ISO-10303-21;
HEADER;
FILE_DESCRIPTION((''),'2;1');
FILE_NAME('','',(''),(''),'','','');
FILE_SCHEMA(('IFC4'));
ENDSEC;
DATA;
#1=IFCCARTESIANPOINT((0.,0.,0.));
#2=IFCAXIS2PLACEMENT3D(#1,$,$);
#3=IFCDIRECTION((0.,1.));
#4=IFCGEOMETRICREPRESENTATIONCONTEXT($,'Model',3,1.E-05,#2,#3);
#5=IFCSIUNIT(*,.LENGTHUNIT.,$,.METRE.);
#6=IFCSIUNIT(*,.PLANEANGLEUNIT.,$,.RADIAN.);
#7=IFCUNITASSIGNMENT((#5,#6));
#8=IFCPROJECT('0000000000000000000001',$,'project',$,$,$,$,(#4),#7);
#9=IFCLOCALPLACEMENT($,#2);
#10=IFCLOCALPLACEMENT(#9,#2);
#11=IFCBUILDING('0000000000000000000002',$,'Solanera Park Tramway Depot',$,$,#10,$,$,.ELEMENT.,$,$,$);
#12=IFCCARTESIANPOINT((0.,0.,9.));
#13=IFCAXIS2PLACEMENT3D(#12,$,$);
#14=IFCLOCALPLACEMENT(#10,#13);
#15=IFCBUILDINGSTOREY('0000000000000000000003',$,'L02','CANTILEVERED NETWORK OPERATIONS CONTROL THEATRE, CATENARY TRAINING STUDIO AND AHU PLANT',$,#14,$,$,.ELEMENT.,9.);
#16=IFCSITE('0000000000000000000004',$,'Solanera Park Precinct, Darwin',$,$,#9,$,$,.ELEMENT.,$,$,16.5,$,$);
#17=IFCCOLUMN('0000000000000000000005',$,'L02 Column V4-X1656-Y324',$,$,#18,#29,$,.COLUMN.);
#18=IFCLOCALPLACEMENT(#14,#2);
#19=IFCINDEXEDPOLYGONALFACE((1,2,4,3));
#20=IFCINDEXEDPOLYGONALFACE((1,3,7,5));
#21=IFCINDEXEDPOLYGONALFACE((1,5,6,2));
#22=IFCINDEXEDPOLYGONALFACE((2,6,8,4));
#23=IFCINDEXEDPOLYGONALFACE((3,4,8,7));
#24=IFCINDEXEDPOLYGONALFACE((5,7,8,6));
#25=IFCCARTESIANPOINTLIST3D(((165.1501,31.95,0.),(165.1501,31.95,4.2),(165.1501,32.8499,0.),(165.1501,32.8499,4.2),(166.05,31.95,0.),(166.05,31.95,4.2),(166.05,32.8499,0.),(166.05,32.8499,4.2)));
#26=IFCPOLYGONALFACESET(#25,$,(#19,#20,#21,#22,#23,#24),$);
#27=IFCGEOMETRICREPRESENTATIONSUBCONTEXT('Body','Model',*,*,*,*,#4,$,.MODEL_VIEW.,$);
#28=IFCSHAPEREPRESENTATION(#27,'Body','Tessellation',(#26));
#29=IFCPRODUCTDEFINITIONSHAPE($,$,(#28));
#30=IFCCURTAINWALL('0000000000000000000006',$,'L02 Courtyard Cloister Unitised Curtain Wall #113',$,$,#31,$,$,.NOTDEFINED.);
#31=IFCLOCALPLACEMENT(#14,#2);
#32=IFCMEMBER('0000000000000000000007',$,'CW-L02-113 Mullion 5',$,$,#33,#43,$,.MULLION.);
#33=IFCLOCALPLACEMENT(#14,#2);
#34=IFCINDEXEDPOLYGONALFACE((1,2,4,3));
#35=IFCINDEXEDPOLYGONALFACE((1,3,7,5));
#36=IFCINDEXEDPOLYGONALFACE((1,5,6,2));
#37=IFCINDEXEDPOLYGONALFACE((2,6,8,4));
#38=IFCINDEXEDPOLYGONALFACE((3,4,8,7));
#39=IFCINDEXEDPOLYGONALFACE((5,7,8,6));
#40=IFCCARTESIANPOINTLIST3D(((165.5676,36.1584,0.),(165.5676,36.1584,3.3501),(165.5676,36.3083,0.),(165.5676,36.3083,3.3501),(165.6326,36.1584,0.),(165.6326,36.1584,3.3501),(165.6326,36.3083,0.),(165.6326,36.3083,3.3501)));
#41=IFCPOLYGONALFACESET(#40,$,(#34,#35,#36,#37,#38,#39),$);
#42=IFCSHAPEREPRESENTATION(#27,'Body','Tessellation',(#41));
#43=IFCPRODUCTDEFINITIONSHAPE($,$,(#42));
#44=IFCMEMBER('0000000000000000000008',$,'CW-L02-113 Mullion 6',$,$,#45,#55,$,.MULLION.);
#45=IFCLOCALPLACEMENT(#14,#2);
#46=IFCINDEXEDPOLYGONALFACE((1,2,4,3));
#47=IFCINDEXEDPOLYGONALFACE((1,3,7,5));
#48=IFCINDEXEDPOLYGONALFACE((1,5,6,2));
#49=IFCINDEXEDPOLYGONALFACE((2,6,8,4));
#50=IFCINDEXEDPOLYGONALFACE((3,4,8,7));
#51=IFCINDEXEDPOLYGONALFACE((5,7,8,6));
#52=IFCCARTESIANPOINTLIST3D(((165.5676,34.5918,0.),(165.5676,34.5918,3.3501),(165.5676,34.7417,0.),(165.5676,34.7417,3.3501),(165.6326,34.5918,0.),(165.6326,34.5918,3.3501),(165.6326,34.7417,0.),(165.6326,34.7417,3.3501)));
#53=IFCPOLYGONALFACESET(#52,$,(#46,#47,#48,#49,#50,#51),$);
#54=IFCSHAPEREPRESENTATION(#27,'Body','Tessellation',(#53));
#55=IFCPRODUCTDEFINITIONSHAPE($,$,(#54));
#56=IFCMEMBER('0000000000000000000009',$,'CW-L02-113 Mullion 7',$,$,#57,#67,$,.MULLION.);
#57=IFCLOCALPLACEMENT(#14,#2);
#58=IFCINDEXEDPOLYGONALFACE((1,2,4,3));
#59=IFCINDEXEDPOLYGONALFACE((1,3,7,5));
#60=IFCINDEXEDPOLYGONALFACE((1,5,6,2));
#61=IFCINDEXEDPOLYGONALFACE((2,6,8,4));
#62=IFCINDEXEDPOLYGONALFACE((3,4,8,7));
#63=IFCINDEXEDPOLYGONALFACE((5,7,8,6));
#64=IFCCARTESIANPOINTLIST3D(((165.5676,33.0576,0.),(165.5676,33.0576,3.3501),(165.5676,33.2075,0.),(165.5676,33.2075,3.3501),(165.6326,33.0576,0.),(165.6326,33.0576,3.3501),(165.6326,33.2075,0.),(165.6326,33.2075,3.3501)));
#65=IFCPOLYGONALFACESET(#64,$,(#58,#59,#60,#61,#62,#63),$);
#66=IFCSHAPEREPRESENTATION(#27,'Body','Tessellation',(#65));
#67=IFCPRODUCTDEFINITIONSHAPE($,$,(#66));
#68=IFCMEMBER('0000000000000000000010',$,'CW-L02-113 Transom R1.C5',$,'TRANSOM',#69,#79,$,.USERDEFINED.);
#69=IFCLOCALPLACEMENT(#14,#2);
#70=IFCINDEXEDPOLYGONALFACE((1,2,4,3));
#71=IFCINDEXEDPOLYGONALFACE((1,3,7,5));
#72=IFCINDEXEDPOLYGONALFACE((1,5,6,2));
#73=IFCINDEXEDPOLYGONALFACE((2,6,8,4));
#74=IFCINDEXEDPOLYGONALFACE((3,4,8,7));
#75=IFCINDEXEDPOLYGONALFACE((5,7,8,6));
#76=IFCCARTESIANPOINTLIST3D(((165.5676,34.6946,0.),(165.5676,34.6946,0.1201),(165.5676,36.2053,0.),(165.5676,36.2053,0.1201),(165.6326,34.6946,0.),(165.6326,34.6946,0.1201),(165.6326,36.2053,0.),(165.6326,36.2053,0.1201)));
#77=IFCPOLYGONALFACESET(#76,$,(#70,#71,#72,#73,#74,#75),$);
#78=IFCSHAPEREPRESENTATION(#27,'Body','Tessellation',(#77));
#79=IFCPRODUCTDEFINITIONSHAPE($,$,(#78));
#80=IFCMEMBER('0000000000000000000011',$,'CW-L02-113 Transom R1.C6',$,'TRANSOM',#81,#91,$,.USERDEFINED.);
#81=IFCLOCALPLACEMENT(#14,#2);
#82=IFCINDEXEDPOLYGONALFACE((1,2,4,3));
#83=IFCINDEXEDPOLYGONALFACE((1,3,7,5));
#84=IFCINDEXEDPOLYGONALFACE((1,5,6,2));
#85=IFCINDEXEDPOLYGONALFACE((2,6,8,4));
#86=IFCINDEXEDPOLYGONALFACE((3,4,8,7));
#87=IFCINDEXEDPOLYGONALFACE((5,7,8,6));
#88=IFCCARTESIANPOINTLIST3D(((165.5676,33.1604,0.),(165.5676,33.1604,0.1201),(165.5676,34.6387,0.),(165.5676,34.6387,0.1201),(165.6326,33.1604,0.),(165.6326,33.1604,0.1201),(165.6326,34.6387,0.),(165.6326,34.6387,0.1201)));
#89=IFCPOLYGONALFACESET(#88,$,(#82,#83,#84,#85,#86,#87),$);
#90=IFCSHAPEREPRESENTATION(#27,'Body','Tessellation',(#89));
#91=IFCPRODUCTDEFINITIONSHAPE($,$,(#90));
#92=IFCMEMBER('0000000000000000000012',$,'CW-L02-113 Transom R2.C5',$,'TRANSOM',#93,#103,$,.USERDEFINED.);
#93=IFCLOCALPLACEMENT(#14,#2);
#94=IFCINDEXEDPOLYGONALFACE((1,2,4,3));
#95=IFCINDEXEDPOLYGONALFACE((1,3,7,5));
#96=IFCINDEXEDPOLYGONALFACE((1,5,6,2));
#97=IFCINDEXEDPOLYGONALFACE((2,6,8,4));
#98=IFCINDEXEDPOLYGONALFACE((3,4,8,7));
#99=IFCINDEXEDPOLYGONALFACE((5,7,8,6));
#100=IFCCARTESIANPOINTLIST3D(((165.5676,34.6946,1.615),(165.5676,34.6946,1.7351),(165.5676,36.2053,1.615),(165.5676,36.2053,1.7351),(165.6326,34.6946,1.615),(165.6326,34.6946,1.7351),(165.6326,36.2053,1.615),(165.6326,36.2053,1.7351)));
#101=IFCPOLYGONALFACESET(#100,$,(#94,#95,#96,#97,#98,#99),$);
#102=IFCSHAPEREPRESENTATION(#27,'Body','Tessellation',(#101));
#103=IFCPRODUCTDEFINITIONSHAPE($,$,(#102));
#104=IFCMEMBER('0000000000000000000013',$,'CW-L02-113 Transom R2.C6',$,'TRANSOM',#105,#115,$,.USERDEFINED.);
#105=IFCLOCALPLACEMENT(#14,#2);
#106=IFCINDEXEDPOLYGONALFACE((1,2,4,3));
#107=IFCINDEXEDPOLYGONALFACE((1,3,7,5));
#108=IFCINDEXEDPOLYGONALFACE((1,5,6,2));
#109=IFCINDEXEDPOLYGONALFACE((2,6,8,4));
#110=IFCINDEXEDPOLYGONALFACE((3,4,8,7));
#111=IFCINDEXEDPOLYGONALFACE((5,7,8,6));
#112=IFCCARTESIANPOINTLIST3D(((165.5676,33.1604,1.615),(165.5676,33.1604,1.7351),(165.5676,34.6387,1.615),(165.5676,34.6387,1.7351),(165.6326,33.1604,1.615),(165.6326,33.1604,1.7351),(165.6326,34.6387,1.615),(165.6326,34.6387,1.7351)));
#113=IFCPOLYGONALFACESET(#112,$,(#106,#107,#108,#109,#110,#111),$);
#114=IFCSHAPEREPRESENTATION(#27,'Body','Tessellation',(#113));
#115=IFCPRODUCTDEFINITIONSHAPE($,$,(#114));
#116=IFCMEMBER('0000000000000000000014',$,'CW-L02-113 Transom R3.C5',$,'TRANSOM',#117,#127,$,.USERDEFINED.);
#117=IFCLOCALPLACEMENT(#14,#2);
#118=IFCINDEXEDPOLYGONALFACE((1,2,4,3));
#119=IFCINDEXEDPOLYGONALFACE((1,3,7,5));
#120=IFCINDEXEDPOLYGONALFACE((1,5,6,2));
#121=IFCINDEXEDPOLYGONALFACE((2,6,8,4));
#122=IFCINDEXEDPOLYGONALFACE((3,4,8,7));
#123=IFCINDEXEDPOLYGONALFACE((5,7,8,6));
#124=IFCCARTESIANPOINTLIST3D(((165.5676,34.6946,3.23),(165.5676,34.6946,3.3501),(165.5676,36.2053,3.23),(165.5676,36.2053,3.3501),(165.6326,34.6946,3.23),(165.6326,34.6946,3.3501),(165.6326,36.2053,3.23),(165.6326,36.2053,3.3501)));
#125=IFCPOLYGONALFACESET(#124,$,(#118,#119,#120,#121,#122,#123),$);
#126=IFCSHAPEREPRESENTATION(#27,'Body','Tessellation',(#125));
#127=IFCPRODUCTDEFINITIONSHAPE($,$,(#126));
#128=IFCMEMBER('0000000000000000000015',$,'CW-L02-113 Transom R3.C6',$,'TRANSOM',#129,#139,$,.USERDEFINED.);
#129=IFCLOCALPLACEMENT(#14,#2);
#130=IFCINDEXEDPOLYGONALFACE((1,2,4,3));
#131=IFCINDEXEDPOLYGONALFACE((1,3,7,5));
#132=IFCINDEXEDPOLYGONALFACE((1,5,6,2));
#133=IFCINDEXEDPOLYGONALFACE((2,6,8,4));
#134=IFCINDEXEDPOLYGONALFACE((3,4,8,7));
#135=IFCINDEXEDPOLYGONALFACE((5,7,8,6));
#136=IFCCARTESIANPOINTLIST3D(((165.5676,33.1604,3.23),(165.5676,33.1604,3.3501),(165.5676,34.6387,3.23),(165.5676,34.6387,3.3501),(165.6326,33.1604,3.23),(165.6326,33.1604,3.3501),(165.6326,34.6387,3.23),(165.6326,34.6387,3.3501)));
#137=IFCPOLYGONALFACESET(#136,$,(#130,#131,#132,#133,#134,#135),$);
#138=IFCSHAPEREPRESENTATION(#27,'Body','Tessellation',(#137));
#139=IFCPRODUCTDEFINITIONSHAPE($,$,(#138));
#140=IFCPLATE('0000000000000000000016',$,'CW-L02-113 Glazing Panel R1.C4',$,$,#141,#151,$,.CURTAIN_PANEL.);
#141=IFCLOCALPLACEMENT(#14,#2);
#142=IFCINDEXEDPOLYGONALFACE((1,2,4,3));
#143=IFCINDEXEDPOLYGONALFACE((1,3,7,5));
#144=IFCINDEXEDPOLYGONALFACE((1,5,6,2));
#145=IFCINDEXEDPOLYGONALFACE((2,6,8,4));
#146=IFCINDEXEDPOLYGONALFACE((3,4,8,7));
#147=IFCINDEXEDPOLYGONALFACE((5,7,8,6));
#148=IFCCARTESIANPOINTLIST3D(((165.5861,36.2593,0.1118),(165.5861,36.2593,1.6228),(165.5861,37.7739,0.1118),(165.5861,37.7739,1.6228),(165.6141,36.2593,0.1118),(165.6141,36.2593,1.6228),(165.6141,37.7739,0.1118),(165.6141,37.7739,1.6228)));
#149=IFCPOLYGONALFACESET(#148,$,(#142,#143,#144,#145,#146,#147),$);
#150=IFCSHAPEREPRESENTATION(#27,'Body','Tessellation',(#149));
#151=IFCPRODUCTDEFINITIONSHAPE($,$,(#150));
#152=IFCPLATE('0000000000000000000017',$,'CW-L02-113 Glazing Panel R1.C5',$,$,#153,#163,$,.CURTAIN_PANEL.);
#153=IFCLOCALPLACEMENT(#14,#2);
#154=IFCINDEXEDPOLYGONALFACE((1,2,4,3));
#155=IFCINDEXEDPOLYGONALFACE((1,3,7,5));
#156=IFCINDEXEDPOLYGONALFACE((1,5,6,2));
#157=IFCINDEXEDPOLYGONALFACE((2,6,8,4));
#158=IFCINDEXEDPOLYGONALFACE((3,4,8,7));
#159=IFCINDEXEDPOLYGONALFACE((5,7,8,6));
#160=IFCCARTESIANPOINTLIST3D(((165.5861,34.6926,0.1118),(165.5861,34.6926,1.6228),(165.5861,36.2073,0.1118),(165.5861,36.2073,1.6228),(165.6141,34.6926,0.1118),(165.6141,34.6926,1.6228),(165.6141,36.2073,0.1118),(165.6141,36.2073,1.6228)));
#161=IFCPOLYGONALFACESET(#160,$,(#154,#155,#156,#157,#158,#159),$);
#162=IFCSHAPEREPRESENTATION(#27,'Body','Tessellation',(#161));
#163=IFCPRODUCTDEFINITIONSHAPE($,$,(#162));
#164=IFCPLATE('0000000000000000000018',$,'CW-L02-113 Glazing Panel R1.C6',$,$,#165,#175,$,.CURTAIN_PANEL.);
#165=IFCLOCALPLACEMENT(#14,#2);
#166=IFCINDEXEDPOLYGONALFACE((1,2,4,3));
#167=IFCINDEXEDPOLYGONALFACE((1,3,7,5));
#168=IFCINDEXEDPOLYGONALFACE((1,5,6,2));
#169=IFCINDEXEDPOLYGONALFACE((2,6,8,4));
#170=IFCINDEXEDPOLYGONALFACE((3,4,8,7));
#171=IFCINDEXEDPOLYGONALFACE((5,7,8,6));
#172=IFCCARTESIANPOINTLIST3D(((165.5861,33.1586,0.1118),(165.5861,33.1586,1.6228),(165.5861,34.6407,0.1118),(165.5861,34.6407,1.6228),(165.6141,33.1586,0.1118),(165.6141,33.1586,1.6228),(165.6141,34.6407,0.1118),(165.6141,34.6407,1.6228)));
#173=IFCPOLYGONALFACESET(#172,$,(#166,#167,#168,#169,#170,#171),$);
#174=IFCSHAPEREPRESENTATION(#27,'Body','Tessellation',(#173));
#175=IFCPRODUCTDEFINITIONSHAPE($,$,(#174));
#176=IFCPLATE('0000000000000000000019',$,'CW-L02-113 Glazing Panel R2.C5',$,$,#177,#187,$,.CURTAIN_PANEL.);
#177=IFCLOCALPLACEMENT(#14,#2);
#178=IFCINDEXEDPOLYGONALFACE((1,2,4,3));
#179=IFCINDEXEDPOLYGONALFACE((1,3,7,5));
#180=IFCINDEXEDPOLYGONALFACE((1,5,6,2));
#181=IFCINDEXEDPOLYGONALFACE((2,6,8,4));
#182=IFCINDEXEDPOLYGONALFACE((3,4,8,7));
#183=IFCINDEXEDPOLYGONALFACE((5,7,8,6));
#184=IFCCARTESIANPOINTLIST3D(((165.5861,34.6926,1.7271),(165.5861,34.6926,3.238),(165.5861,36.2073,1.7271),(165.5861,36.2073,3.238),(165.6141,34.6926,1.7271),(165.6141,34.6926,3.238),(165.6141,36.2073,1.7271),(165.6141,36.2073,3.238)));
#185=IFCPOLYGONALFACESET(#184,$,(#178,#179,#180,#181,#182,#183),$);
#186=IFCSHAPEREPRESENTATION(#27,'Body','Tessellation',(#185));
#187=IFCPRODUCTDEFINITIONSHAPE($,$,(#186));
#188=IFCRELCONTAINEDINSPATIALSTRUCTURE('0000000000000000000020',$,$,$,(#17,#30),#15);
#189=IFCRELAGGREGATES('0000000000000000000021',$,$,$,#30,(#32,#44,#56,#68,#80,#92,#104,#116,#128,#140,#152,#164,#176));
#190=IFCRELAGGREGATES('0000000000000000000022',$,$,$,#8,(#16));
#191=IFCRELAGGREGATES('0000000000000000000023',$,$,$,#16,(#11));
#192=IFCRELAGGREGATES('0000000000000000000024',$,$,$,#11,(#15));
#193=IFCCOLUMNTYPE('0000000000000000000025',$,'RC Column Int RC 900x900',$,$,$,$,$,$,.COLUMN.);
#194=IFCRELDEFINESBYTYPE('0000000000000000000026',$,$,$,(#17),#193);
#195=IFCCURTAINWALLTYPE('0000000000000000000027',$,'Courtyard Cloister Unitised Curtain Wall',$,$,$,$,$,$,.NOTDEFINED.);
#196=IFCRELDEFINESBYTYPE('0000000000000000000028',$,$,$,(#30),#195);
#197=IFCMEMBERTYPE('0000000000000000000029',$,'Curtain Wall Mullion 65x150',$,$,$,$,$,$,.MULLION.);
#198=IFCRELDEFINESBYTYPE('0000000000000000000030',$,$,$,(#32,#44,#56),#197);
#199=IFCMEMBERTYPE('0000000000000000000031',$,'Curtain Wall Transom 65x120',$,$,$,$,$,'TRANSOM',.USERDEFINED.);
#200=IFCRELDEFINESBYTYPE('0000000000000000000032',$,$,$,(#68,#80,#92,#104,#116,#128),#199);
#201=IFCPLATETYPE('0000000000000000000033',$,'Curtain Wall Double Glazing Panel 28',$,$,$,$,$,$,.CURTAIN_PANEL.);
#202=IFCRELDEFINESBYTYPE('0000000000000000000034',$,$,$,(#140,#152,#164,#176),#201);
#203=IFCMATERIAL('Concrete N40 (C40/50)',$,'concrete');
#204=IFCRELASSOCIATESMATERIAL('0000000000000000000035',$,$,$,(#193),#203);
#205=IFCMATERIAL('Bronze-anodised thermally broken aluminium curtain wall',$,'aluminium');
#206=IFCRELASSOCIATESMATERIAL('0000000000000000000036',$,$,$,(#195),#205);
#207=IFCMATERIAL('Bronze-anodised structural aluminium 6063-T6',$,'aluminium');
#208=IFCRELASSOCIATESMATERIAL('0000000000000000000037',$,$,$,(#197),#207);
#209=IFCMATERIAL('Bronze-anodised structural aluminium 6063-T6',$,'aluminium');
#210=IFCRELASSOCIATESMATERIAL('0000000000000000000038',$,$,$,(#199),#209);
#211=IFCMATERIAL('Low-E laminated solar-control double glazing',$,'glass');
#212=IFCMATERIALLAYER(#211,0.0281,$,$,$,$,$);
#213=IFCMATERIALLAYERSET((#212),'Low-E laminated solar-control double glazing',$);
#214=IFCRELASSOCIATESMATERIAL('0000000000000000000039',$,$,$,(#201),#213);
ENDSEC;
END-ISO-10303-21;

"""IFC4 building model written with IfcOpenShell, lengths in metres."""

from ifc_helpers import new_model, si_unit, direction, frame, origin, origin_2d, place, context, subcontext, project, spatial, rectangle, extrude, material, layer, layer_set, material_profile, profile_set, type_object, element, aggregate, save


model = new_model("IFC4")

# Units and contexts
model_context = context("Model", 3, precision=1e-05, world=origin(), true_north=direction((0.0, 1.0)))
body_context = subcontext(model_context, "Body", "Model", "MODEL_VIEW")
ifc_project = project(units=[si_unit("LENGTHUNIT", "METRE"), si_unit("PLANEANGLEUNIT", "RADIAN")], contexts=[model_context])

# Site, building, storey
site_placement = place(None, origin())
site = spatial("IfcSite", under=ifc_project, at=site_placement, Name="Solanera Park Precinct, Darwin", CompositionType="ELEMENT", RefElevation=16.5)
building_placement = place(site_placement, origin())
building = spatial("IfcBuilding", under=site, at=building_placement, Name="Solanera Park Tramway Depot", CompositionType="ELEMENT")
storey_placement = place(building_placement, frame((0.0, 0.0, 9.0)))
storey = spatial("IfcBuildingStorey", under=building, at=storey_placement, Name="L02", Description="CANTILEVERED NETWORK OPERATIONS CONTROL THEATRE, CATENARY TRAINING STUDIO AND AHU PLANT", CompositionType="ELEMENT", Elevation=9.0)

# Column
ifc_material_1 = material(Name="Concrete N40 (C40/50)", Category="concrete")
ifc_material_profile_1 = material_profile(ifc_material_1, rectangle(XDim=0.8999, YDim=0.8999, at=origin_2d()), Name="RC 900x900")
ifc_profile_set_1 = profile_set([ifc_material_profile_1], Name="Concrete N40 (C40/50)")
column_type = type_object("IfcColumnType", Name="RC Column Int RC 900x900", PredefinedType="COLUMN", material=ifc_profile_set_1)
column_placement = place(storey_placement, frame((165.6001, 32.3999, 0.0), z_axis=(0.0, 0.0, 1.0), x_axis=(1.0, 0.0, 0.0)))
element("IfcColumn", 1, at=column_placement, inside=storey, type_object=column_type, Name="L02 Column V4-X1656-Y324", PredefinedType="COLUMN", context=body_context, shape_type="SweptSolid", body=[
    extrude(rectangle(XDim=0.8999, YDim=0.8999, at=origin_2d()), origin(), (0.0, 0.0, 1.0), 4.2),
])

# Curtain wall, members, plates
ifc_material_2 = material(Name="Bronze-anodised thermally broken aluminium curtain wall", Category="aluminium")
curtain_wall_type = type_object("IfcCurtainWallType", Name="Courtyard Cloister Unitised Curtain Wall", PredefinedType="NOTDEFINED", material=ifc_material_2)
curtain_wall_placement = place(storey_placement, origin())
curtain_wall = element("IfcCurtainWall", 2, at=curtain_wall_placement, inside=storey, type_object=curtain_wall_type, Name="L02 Courtyard Cloister Unitised Curtain Wall #113", PredefinedType="NOTDEFINED")
ifc_material_3 = material(Name="Bronze-anodised structural aluminium 6063-T6", Category="aluminium")
ifc_material_profile_2 = material_profile(ifc_material_3, rectangle(XDim=0.0649, YDim=0.1499, at=origin_2d()), Name="Curtain Wall Mullion 65x150")
ifc_profile_set_2 = profile_set([ifc_material_profile_2], Name="Bronze-anodised structural aluminium 6063-T6")
member_type_1 = type_object("IfcMemberType", Name="Curtain Wall Mullion 65x150", PredefinedType="MULLION", material=ifc_profile_set_2)
member_1_placement = place(storey_placement, frame((165.6001, 36.2334, 0.0), z_axis=(0.0, 0.0, 1.0), x_axis=(1.0, 0.0, 0.0)))
member_1 = element("IfcMember", 3, at=member_1_placement, type_object=member_type_1, Name="CW-L02-113 Mullion 5", PredefinedType="MULLION", context=body_context, shape_type="SweptSolid", body=[
    extrude(rectangle(XDim=0.0649, YDim=0.1499, at=origin_2d()), origin(), (0.0, 0.0, 1.0), 3.3501),
])
member_2_placement = place(storey_placement, frame((165.6001, 34.6667, 0.0), z_axis=(0.0, 0.0, 1.0), x_axis=(1.0, 0.0, 0.0)))
member_2 = element("IfcMember", 4, at=member_2_placement, type_object=member_type_1, Name="CW-L02-113 Mullion 6", PredefinedType="MULLION", context=body_context, shape_type="SweptSolid", body=[
    extrude(rectangle(XDim=0.0649, YDim=0.1499, at=origin_2d()), origin(), (0.0, 0.0, 1.0), 3.3501),
])
member_3_placement = place(storey_placement, frame((165.6001, 33.1326, 0.0), z_axis=(0.0, 0.0, 1.0), x_axis=(1.0, 0.0, 0.0)))
member_3 = element("IfcMember", 5, at=member_3_placement, type_object=member_type_1, Name="CW-L02-113 Mullion 7", PredefinedType="MULLION", context=body_context, shape_type="SweptSolid", body=[
    extrude(rectangle(XDim=0.0649, YDim=0.1499, at=origin_2d()), origin(), (0.0, 0.0, 1.0), 3.3501),
])
ifc_material_4 = material(Name="Bronze-anodised structural aluminium 6063-T6", Category="aluminium")
ifc_material_profile_3 = material_profile(ifc_material_4, rectangle(XDim=0.0649, YDim=0.1201, at=origin_2d()), Name="Curtain Wall Transom 65x120")
ifc_profile_set_3 = profile_set([ifc_material_profile_3], Name="Bronze-anodised structural aluminium 6063-T6")
member_type_2 = type_object("IfcMemberType", Name="Curtain Wall Transom 65x120", ElementType="TRANSOM", PredefinedType="USERDEFINED", material=ifc_profile_set_3)
member_4_placement = place(storey_placement, frame((165.6001, 36.2053, 0.0601), z_axis=(0.0, -1.0, 0.0), x_axis=(1.0, 0.0, 0.0)))
member_4 = element("IfcMember", 6, at=member_4_placement, type_object=member_type_2, Name="CW-L02-113 Transom R1.C5", ObjectType="TRANSOM", PredefinedType="USERDEFINED", context=body_context, shape_type="SweptSolid", body=[
    extrude(rectangle(XDim=0.0649, YDim=0.1201, at=origin_2d()), origin(), (0.0, 0.0, 1.0), 1.5107),
])
member_5_placement = place(storey_placement, frame((165.6001, 34.6387, 0.0601), z_axis=(0.0, -1.0, 0.0), x_axis=(1.0, 0.0, 0.0)))
member_5 = element("IfcMember", 7, at=member_5_placement, type_object=member_type_2, Name="CW-L02-113 Transom R1.C6", ObjectType="TRANSOM", PredefinedType="USERDEFINED", context=body_context, shape_type="SweptSolid", body=[
    extrude(rectangle(XDim=0.0649, YDim=0.1201, at=origin_2d()), origin(), (0.0, 0.0, 1.0), 1.4783),
])
member_6_placement = place(storey_placement, frame((165.6001, 36.2053, 1.675), z_axis=(0.0, -1.0, 0.0), x_axis=(1.0, 0.0, 0.0)))
member_6 = element("IfcMember", 8, at=member_6_placement, type_object=member_type_2, Name="CW-L02-113 Transom R2.C5", ObjectType="TRANSOM", PredefinedType="USERDEFINED", context=body_context, shape_type="SweptSolid", body=[
    extrude(rectangle(XDim=0.0649, YDim=0.1201, at=origin_2d()), origin(), (0.0, 0.0, 1.0), 1.5107),
])
member_7_placement = place(storey_placement, frame((165.6001, 34.6387, 1.675), z_axis=(0.0, -1.0, 0.0), x_axis=(1.0, 0.0, 0.0)))
member_7 = element("IfcMember", 9, at=member_7_placement, type_object=member_type_2, Name="CW-L02-113 Transom R2.C6", ObjectType="TRANSOM", PredefinedType="USERDEFINED", context=body_context, shape_type="SweptSolid", body=[
    extrude(rectangle(XDim=0.0649, YDim=0.1201, at=origin_2d()), origin(), (0.0, 0.0, 1.0), 1.4783),
])
member_8_placement = place(storey_placement, frame((165.6001, 36.2053, 3.29), z_axis=(0.0, -1.0, 0.0), x_axis=(1.0, 0.0, 0.0)))
member_8 = element("IfcMember", 10, at=member_8_placement, type_object=member_type_2, Name="CW-L02-113 Transom R3.C5", ObjectType="TRANSOM", PredefinedType="USERDEFINED", context=body_context, shape_type="SweptSolid", body=[
    extrude(rectangle(XDim=0.0649, YDim=0.1201, at=origin_2d()), origin(), (0.0, 0.0, 1.0), 1.5107),
])
member_9_placement = place(storey_placement, frame((165.6001, 34.6387, 3.29), z_axis=(0.0, -1.0, 0.0), x_axis=(1.0, 0.0, 0.0)))
member_9 = element("IfcMember", 11, at=member_9_placement, type_object=member_type_2, Name="CW-L02-113 Transom R3.C6", ObjectType="TRANSOM", PredefinedType="USERDEFINED", context=body_context, shape_type="SweptSolid", body=[
    extrude(rectangle(XDim=0.0649, YDim=0.1201, at=origin_2d()), origin(), (0.0, 0.0, 1.0), 1.4783),
])
ifc_material_5 = material(Name="Low-E laminated solar-control double glazing", Category="glass")
ifc_layer_1 = layer(ifc_material_5, 0.0281)
ifc_layer_set_1 = layer_set([ifc_layer_1], Name="Low-E laminated solar-control double glazing")
plate_type = type_object("IfcPlateType", Name="Curtain Wall Double Glazing Panel 28", PredefinedType="CURTAIN_PANEL", material=ifc_layer_set_1)
plate_1_placement = place(storey_placement, frame((165.6001, 37.0166, 0.1118), z_axis=(0.0, 0.0, 1.0), x_axis=(0.0, -1.0, 0.0)))
plate_1 = element("IfcPlate", 12, at=plate_1_placement, type_object=plate_type, Name="CW-L02-113 Glazing Panel R1.C4", PredefinedType="CURTAIN_PANEL", context=body_context, shape_type="SweptSolid", body=[
    extrude(rectangle(XDim=1.5146, YDim=0.0281, at=origin_2d()), origin(), (0.0, 0.0, 1.0), 1.511),
])
plate_2_placement = place(storey_placement, frame((165.6001, 35.45, 0.1118), z_axis=(0.0, 0.0, 1.0), x_axis=(0.0, -1.0, 0.0)))
plate_2 = element("IfcPlate", 13, at=plate_2_placement, type_object=plate_type, Name="CW-L02-113 Glazing Panel R1.C5", PredefinedType="CURTAIN_PANEL", context=body_context, shape_type="SweptSolid", body=[
    extrude(rectangle(XDim=1.5146, YDim=0.0281, at=origin_2d()), origin(), (0.0, 0.0, 1.0), 1.511),
])
plate_3_placement = place(storey_placement, frame((165.6001, 33.8997, 0.1118), z_axis=(0.0, 0.0, 1.0), x_axis=(0.0, -1.0, 0.0)))
plate_3 = element("IfcPlate", 14, at=plate_3_placement, type_object=plate_type, Name="CW-L02-113 Glazing Panel R1.C6", PredefinedType="CURTAIN_PANEL", context=body_context, shape_type="SweptSolid", body=[
    extrude(rectangle(XDim=1.4822, YDim=0.0281, at=origin_2d()), origin(), (0.0, 0.0, 1.0), 1.511),
])
plate_4_placement = place(storey_placement, frame((165.6001, 35.45, 1.7271), z_axis=(0.0, 0.0, 1.0), x_axis=(0.0, -1.0, 0.0)))
plate_4 = element("IfcPlate", 15, at=plate_4_placement, type_object=plate_type, Name="CW-L02-113 Glazing Panel R2.C5", PredefinedType="CURTAIN_PANEL", context=body_context, shape_type="SweptSolid", body=[
    extrude(rectangle(XDim=1.5146, YDim=0.0281, at=origin_2d()), origin(), (0.0, 0.0, 1.0), 1.511),
])
aggregate(curtain_wall, [member_1, member_2, member_3, member_4, member_5, member_6, member_7, member_8, member_9, plate_1, plate_2, plate_3, plate_4])

save(model, "model.ifc")
